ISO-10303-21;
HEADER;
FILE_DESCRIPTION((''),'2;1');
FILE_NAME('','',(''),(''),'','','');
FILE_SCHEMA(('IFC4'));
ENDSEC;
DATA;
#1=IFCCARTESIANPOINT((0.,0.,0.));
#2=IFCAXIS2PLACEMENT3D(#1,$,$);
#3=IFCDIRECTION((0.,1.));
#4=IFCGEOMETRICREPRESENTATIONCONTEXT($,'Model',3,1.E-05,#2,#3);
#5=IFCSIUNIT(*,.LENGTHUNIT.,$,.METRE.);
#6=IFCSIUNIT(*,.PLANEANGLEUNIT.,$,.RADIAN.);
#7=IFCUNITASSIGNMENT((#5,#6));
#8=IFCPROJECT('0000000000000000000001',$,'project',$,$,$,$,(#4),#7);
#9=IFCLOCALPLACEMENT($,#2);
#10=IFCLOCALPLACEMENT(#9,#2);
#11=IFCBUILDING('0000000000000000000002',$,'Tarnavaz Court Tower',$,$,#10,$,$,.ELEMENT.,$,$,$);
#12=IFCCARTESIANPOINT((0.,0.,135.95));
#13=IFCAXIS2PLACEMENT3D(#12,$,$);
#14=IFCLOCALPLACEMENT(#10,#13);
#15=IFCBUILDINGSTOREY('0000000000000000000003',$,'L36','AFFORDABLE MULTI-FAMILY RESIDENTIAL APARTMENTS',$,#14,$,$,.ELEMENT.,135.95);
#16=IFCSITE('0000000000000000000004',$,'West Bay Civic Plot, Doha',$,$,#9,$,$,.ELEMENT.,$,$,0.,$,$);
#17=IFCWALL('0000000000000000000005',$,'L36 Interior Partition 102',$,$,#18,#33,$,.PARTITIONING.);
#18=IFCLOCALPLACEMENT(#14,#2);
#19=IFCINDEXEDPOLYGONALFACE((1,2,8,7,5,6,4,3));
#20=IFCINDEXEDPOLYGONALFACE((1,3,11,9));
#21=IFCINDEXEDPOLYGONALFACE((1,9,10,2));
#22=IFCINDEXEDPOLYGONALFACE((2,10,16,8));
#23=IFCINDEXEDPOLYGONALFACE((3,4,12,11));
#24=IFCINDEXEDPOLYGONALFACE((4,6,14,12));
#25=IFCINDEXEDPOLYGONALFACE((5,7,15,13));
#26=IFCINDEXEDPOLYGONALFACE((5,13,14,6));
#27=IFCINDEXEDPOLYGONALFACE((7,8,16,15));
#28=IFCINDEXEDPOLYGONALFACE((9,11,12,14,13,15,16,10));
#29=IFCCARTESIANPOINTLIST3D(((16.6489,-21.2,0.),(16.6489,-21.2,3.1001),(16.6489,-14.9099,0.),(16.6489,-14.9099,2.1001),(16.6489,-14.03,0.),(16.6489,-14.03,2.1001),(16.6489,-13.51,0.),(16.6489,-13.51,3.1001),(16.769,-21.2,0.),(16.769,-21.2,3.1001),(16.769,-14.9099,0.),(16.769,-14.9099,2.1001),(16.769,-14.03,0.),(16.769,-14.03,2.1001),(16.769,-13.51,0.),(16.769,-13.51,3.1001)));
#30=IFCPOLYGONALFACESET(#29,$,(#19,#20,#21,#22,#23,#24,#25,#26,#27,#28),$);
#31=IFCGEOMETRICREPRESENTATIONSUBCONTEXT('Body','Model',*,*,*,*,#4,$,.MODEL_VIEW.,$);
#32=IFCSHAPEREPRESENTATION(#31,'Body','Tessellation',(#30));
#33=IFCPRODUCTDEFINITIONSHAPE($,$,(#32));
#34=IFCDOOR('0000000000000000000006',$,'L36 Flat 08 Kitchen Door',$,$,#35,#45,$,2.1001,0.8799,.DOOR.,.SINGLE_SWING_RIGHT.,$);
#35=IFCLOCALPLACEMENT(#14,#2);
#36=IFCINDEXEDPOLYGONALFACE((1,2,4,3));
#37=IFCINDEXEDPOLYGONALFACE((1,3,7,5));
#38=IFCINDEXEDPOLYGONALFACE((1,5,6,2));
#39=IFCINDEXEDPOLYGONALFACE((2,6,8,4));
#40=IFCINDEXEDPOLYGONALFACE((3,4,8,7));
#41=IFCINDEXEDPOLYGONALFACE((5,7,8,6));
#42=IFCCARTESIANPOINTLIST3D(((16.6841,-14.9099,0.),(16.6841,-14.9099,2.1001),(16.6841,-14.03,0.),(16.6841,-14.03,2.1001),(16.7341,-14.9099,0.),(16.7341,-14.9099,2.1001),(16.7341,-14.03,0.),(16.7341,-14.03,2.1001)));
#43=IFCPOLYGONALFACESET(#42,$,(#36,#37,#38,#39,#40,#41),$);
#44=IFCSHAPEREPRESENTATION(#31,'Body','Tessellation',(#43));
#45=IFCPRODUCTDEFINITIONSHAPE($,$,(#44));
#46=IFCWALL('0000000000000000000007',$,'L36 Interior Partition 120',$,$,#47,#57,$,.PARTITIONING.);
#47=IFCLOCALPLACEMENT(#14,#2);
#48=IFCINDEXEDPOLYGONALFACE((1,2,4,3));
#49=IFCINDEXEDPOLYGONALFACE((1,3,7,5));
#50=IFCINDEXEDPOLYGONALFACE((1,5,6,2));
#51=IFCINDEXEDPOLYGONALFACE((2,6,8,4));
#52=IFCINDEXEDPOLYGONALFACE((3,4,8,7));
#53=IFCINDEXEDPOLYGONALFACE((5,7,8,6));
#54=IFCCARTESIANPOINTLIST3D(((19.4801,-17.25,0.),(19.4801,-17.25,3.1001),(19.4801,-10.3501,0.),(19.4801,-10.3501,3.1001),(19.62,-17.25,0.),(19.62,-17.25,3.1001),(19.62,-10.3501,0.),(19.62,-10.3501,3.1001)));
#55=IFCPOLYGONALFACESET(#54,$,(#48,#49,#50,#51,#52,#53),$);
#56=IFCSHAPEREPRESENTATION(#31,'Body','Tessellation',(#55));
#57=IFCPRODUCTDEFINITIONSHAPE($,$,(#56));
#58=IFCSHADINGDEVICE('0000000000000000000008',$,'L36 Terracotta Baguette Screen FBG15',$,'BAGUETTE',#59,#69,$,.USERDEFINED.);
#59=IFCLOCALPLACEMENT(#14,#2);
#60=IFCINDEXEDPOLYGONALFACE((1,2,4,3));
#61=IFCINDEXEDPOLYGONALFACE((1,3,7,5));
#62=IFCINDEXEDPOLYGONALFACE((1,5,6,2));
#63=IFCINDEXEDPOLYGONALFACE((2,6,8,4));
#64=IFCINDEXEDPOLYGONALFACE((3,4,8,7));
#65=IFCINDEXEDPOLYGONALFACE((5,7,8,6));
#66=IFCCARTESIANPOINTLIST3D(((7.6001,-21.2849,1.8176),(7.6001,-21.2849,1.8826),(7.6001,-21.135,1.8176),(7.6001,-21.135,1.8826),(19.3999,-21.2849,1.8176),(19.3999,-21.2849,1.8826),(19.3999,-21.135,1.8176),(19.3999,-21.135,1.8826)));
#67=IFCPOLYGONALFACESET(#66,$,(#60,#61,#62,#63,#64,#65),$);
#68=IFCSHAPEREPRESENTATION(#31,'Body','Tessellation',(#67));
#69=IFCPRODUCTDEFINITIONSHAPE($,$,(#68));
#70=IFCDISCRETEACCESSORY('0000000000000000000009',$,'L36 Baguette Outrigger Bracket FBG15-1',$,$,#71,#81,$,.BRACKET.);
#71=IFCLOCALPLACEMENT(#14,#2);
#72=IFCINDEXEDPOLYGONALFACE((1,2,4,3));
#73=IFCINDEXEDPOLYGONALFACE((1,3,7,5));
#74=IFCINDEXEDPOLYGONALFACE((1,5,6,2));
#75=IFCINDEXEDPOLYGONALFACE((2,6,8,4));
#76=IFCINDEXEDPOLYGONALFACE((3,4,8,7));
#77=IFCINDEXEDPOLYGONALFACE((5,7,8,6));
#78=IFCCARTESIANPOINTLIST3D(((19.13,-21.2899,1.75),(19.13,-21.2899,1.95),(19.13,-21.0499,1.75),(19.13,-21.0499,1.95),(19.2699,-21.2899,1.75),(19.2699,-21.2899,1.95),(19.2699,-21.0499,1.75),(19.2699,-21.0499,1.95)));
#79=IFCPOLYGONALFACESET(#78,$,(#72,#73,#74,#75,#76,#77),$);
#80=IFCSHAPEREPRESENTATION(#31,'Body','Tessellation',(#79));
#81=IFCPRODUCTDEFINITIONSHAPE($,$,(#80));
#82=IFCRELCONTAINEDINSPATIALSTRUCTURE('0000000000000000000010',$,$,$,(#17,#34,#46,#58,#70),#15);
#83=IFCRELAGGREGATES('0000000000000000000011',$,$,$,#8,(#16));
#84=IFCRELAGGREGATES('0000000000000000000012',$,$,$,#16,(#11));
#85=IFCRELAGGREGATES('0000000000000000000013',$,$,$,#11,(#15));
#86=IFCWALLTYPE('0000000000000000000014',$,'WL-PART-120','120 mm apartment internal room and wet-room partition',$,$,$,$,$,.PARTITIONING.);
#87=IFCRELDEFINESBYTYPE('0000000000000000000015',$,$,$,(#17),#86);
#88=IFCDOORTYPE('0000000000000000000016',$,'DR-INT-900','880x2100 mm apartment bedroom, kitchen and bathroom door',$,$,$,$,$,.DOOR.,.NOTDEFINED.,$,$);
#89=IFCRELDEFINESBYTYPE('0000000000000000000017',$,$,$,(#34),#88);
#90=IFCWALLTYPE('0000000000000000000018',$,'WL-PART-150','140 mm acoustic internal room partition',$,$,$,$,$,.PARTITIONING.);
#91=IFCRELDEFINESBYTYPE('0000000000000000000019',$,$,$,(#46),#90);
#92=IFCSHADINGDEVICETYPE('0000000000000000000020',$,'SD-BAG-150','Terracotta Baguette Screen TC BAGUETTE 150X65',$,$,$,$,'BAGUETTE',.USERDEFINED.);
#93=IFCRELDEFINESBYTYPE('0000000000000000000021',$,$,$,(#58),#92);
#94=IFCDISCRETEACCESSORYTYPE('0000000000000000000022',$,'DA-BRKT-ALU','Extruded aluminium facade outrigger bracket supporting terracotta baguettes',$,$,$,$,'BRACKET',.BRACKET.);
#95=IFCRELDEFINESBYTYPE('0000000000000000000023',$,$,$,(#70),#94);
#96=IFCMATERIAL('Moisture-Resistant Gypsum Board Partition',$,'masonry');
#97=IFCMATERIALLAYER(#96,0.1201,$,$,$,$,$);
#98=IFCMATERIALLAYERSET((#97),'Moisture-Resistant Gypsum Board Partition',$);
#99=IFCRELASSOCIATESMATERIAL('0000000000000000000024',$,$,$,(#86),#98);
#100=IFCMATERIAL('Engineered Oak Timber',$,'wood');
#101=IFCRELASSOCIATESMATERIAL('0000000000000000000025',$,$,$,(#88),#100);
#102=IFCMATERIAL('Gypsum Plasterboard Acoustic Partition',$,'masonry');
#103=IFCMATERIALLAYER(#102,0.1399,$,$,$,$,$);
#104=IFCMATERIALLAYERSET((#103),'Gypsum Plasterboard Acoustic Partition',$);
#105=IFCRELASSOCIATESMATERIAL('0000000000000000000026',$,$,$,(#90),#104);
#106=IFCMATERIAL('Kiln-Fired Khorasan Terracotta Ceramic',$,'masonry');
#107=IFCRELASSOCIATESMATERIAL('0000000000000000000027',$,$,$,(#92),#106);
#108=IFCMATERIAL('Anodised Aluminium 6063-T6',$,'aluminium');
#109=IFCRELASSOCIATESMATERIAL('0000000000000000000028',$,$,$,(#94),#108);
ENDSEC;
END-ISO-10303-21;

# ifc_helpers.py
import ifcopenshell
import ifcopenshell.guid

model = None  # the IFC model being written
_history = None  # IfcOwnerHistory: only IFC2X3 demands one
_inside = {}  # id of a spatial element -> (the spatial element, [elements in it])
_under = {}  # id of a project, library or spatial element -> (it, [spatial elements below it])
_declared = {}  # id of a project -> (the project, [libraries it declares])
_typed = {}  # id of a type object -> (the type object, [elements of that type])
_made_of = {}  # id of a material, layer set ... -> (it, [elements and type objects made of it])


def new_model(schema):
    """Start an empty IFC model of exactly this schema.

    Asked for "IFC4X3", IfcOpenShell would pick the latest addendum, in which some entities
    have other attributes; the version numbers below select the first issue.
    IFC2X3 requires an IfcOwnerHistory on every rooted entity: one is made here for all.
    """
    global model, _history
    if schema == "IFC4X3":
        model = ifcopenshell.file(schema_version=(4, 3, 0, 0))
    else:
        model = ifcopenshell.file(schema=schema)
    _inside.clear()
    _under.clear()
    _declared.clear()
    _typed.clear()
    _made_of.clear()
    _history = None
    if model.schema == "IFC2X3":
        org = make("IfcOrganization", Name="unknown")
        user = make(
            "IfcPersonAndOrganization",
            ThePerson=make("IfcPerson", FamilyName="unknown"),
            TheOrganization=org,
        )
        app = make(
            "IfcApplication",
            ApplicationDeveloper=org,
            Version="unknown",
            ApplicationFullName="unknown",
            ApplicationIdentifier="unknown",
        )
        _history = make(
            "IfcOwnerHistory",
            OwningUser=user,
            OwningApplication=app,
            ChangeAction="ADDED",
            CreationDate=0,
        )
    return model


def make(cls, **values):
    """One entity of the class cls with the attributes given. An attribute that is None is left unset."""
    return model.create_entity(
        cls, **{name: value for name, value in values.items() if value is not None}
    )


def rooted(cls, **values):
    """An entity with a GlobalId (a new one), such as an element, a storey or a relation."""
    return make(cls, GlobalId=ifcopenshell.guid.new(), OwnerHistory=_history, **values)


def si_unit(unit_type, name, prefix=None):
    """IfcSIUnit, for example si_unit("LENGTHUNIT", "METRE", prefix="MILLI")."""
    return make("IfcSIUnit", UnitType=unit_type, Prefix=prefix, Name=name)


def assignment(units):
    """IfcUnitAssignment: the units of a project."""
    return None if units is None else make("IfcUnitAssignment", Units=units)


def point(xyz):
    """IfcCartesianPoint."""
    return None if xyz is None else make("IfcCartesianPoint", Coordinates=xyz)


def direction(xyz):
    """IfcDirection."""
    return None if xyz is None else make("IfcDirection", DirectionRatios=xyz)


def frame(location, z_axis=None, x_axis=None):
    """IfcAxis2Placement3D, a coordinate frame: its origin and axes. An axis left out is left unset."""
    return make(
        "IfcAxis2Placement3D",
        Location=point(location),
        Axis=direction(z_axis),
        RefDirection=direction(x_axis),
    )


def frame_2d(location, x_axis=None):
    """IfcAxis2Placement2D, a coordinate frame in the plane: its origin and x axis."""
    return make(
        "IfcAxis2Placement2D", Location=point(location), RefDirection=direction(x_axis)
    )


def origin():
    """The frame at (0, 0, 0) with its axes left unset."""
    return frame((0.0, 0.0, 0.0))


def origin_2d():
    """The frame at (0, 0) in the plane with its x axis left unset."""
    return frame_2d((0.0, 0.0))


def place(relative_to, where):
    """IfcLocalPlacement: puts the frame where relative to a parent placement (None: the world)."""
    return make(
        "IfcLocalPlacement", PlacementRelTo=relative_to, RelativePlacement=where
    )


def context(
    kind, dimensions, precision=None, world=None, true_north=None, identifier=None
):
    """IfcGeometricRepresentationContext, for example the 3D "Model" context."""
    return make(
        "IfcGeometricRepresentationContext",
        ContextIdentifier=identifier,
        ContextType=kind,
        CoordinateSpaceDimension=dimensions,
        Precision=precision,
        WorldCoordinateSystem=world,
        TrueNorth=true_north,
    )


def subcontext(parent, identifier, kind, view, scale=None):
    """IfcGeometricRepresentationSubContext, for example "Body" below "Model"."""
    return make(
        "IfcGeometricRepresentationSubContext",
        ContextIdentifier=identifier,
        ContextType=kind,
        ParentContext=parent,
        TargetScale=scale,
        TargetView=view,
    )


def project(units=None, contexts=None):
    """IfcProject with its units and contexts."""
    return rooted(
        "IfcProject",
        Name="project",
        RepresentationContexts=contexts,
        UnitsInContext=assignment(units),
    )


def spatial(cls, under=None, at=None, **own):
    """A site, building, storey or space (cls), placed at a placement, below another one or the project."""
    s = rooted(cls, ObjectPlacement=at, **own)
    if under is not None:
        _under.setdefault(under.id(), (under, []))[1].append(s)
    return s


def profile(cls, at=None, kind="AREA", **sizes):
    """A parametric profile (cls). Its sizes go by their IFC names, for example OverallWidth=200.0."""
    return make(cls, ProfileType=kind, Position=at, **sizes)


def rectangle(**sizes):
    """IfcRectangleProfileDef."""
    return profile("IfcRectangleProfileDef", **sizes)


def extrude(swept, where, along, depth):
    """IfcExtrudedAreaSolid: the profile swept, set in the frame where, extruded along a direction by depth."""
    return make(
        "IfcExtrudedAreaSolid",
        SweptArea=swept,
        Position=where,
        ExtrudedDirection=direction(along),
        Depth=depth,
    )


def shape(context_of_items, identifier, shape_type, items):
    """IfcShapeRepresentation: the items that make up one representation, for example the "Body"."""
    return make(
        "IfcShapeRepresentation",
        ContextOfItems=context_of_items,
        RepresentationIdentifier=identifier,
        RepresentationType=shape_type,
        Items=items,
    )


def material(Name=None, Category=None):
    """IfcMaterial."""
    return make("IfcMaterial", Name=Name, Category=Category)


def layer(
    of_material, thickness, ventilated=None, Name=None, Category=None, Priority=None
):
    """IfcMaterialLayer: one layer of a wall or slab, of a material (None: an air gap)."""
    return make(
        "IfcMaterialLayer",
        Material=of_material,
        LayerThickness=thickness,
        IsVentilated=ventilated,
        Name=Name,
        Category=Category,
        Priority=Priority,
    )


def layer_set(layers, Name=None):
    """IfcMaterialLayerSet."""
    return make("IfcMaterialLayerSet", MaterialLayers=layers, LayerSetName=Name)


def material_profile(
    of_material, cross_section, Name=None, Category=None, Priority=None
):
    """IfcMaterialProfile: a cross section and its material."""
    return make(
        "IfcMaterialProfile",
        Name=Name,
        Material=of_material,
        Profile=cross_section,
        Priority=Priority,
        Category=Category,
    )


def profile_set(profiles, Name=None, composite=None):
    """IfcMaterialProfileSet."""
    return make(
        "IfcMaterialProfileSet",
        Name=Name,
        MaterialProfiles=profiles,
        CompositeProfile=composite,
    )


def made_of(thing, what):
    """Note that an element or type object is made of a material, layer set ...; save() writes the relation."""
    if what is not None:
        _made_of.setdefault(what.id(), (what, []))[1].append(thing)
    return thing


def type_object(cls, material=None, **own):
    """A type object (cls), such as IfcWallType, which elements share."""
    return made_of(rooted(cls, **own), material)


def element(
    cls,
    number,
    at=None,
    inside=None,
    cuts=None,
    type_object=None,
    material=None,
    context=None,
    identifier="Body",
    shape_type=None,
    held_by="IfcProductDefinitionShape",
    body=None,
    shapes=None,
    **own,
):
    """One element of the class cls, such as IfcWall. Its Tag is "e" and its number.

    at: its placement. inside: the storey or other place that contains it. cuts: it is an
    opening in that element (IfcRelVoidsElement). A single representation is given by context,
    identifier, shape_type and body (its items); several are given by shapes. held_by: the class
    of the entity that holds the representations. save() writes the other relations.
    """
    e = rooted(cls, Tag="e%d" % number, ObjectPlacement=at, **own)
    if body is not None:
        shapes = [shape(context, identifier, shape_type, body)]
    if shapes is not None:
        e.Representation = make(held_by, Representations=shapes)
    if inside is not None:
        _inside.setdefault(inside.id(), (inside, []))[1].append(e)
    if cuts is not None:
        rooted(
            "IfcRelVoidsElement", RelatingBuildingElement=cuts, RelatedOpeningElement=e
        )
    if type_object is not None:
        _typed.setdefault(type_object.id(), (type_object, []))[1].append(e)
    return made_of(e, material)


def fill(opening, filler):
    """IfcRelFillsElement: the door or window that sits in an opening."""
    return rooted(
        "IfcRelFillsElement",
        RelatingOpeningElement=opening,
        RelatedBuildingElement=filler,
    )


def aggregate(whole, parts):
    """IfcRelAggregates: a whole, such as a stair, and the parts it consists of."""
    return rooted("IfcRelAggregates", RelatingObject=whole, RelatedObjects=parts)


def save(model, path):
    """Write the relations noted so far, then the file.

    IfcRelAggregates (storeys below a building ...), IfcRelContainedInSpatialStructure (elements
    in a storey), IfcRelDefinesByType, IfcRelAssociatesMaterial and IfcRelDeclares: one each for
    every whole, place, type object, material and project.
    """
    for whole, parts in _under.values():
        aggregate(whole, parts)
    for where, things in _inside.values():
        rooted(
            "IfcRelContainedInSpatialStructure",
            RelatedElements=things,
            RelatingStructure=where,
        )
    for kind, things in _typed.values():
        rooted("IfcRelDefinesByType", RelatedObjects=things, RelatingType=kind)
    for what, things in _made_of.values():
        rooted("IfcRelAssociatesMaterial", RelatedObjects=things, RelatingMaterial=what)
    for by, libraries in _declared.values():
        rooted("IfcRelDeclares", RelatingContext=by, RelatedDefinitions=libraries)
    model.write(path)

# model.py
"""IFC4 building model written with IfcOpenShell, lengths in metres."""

from ifc_helpers import new_model, si_unit, direction, frame, frame_2d, origin, origin_2d, place, context, subcontext, project, spatial, rectangle, extrude, material, layer, layer_set, material_profile, profile_set, type_object, element, fill, save


model = new_model("IFC4")

# Units and contexts
model_context = context("Model", 3, precision=1e-05, world=origin(), true_north=direction((0.0, 1.0)))
body_context = subcontext(model_context, "Body", "Model", "MODEL_VIEW")
ifc_project = project(units=[si_unit("LENGTHUNIT", "METRE"), si_unit("PLANEANGLEUNIT", "RADIAN")], contexts=[model_context])

# Site, building, storey
site_placement = place(None, origin())
site = spatial("IfcSite", under=ifc_project, at=site_placement, Name="West Bay Civic Plot, Doha", CompositionType="ELEMENT", RefElevation=0.0)
building_placement = place(site_placement, origin())
building = spatial("IfcBuilding", under=site, at=building_placement, Name="Tarnavaz Court Tower", CompositionType="ELEMENT")
storey_placement = place(building_placement, frame((0.0, 0.0, 135.95)))
storey = spatial("IfcBuildingStorey", under=building, at=storey_placement, Name="L36", Description="AFFORDABLE MULTI-FAMILY RESIDENTIAL APARTMENTS", CompositionType="ELEMENT", Elevation=135.95)

# Wall, opening, door
ifc_material_1 = material(Name="Moisture-Resistant Gypsum Board Partition", Category="masonry")
ifc_layer_1 = layer(ifc_material_1, 0.1201)
ifc_layer_set_1 = layer_set([ifc_layer_1], Name="Moisture-Resistant Gypsum Board Partition")
wall_type_1 = type_object("IfcWallType", Name="WL-PART-120", Description="120 mm apartment internal room and wet-room partition", PredefinedType="PARTITIONING", material=ifc_layer_set_1)
ifc_material_2 = material(Name="Engineered Oak Timber", Category="wood")
door_type = type_object("IfcDoorType", Name="DR-INT-900", Description="880x2100 mm apartment bedroom, kitchen and bathroom door", OperationType="NOTDEFINED", PredefinedType="DOOR", material=ifc_material_2)
wall_1_placement = place(storey_placement, frame((16.709, -21.2, 0.0), z_axis=(0.0, 0.0, 1.0), x_axis=(0.0, 1.0, 0.0)))
wall_1 = element("IfcWall", 1, at=wall_1_placement, inside=storey, type_object=wall_type_1, Name="L36 Interior Partition 102", PredefinedType="PARTITIONING", context=body_context, shape_type="SweptSolid", body=[
    extrude(rectangle(XDim=7.6899, YDim=0.1201, at=frame_2d((3.845, 0.0))), origin(), (0.0, 0.0, 1.0), 3.1001),
])
opening_1_placement = place(wall_1_placement, frame((6.29, 0.0, 0.0)))
opening_1 = element("IfcOpeningElement", 2, at=opening_1_placement, cuts=wall_1, PredefinedType="OPENING", context=body_context, shape_type="SweptSolid", body=[
    extrude(rectangle(XDim=0.8799, YDim=2.1001, at=frame_2d((0.4399, 1.05))), frame((0.0, 0.0701, 0.0), z_axis=(0.0, -1.0, 0.0), x_axis=(1.0, 0.0, 0.0)), (0.0, 0.0, 1.0), 0.1401),
])
door_1_placement = place(opening_1_placement, origin())
door_1 = element("IfcDoor", 3, at=door_1_placement, inside=storey, type_object=door_type, Name="L36 Flat 08 Kitchen Door", OperationType="SINGLE_SWING_RIGHT", OverallHeight=2.1001, OverallWidth=0.8799, PredefinedType="DOOR", context=body_context, shape_type="SweptSolid", body=[
    extrude(rectangle(XDim=0.8799, YDim=2.1001, at=frame_2d((0.4399, 1.05))), frame((0.0, 0.0249, 0.0), z_axis=(0.0, -1.0, 0.0), x_axis=(1.0, 0.0, 0.0)), (0.0, 0.0, 1.0), 0.05),
])
fill(opening_1, door_1)

# Wall
ifc_material_3 = material(Name="Gypsum Plasterboard Acoustic Partition", Category="masonry")
ifc_layer_2 = layer(ifc_material_3, 0.1399)
ifc_layer_set_2 = layer_set([ifc_layer_2], Name="Gypsum Plasterboard Acoustic Partition")
wall_type_2 = type_object("IfcWallType", Name="WL-PART-150", Description="140 mm acoustic internal room partition", PredefinedType="PARTITIONING", material=ifc_layer_set_2)
wall_2_placement = place(storey_placement, frame((19.55, -17.25, 0.0), z_axis=(0.0, 0.0, 1.0), x_axis=(0.0, 1.0, 0.0)))
element("IfcWall", 4, at=wall_2_placement, inside=storey, type_object=wall_type_2, Name="L36 Interior Partition 120", PredefinedType="PARTITIONING", context=body_context, shape_type="SweptSolid", body=[
    extrude(rectangle(XDim=6.8999, YDim=0.1399, at=frame_2d((3.45, 0.0))), origin(), (0.0, 0.0, 1.0), 3.1001),
])

# Shading device
ifc_material_4 = material(Name="Kiln-Fired Khorasan Terracotta Ceramic", Category="masonry")
ifc_material_profile_1 = material_profile(ifc_material_4, rectangle(XDim=0.1499, YDim=0.0649, at=origin_2d()), Name="TC BAGUETTE 150X65")
ifc_profile_set_1 = profile_set([ifc_material_profile_1], Name="Kiln-Fired Khorasan Terracotta Ceramic")
shading_device_type = type_object("IfcShadingDeviceType", Name="SD-BAG-150", Description="Terracotta Baguette Screen TC BAGUETTE 150X65", ElementType="BAGUETTE", PredefinedType="USERDEFINED", material=ifc_profile_set_1)
shading_device_placement = place(storey_placement, frame((19.3999, -21.21, 1.8501), z_axis=(-1.0, 0.0, 0.0), x_axis=(0.0, -1.0, 0.0)))
element("IfcShadingDevice", 5, at=shading_device_placement, inside=storey, type_object=shading_device_type, Name="L36 Terracotta Baguette Screen FBG15", ObjectType="BAGUETTE", PredefinedType="USERDEFINED", context=body_context, shape_type="SweptSolid", body=[
    extrude(rectangle(XDim=0.1499, YDim=0.0649, at=origin_2d()), origin(), (0.0, 0.0, 1.0), 11.7998),
])

# Discrete accessory
ifc_material_5 = material(Name="Anodised Aluminium 6063-T6", Category="aluminium")
discrete_accessory_type = type_object("IfcDiscreteAccessoryType", Name="DA-BRKT-ALU", Description="Extruded aluminium facade outrigger bracket supporting terracotta baguettes", ElementType="BRACKET", PredefinedType="BRACKET", material=ifc_material_5)
discrete_accessory_placement = place(storey_placement, frame((19.2, -21.1699, 1.75), z_axis=(0.0, 0.0, 1.0), x_axis=(-1.0, 0.0, 0.0)))
element("IfcDiscreteAccessory", 6, at=discrete_accessory_placement, inside=storey, type_object=discrete_accessory_type, Name="L36 Baguette Outrigger Bracket FBG15-1", PredefinedType="BRACKET", context=body_context, shape_type="SweptSolid", body=[
    extrude(rectangle(XDim=0.1399, YDim=0.24, at=origin_2d()), origin(), (0.0, 0.0, 1.0), 0.2),
])

save(model, "model.ifc")
